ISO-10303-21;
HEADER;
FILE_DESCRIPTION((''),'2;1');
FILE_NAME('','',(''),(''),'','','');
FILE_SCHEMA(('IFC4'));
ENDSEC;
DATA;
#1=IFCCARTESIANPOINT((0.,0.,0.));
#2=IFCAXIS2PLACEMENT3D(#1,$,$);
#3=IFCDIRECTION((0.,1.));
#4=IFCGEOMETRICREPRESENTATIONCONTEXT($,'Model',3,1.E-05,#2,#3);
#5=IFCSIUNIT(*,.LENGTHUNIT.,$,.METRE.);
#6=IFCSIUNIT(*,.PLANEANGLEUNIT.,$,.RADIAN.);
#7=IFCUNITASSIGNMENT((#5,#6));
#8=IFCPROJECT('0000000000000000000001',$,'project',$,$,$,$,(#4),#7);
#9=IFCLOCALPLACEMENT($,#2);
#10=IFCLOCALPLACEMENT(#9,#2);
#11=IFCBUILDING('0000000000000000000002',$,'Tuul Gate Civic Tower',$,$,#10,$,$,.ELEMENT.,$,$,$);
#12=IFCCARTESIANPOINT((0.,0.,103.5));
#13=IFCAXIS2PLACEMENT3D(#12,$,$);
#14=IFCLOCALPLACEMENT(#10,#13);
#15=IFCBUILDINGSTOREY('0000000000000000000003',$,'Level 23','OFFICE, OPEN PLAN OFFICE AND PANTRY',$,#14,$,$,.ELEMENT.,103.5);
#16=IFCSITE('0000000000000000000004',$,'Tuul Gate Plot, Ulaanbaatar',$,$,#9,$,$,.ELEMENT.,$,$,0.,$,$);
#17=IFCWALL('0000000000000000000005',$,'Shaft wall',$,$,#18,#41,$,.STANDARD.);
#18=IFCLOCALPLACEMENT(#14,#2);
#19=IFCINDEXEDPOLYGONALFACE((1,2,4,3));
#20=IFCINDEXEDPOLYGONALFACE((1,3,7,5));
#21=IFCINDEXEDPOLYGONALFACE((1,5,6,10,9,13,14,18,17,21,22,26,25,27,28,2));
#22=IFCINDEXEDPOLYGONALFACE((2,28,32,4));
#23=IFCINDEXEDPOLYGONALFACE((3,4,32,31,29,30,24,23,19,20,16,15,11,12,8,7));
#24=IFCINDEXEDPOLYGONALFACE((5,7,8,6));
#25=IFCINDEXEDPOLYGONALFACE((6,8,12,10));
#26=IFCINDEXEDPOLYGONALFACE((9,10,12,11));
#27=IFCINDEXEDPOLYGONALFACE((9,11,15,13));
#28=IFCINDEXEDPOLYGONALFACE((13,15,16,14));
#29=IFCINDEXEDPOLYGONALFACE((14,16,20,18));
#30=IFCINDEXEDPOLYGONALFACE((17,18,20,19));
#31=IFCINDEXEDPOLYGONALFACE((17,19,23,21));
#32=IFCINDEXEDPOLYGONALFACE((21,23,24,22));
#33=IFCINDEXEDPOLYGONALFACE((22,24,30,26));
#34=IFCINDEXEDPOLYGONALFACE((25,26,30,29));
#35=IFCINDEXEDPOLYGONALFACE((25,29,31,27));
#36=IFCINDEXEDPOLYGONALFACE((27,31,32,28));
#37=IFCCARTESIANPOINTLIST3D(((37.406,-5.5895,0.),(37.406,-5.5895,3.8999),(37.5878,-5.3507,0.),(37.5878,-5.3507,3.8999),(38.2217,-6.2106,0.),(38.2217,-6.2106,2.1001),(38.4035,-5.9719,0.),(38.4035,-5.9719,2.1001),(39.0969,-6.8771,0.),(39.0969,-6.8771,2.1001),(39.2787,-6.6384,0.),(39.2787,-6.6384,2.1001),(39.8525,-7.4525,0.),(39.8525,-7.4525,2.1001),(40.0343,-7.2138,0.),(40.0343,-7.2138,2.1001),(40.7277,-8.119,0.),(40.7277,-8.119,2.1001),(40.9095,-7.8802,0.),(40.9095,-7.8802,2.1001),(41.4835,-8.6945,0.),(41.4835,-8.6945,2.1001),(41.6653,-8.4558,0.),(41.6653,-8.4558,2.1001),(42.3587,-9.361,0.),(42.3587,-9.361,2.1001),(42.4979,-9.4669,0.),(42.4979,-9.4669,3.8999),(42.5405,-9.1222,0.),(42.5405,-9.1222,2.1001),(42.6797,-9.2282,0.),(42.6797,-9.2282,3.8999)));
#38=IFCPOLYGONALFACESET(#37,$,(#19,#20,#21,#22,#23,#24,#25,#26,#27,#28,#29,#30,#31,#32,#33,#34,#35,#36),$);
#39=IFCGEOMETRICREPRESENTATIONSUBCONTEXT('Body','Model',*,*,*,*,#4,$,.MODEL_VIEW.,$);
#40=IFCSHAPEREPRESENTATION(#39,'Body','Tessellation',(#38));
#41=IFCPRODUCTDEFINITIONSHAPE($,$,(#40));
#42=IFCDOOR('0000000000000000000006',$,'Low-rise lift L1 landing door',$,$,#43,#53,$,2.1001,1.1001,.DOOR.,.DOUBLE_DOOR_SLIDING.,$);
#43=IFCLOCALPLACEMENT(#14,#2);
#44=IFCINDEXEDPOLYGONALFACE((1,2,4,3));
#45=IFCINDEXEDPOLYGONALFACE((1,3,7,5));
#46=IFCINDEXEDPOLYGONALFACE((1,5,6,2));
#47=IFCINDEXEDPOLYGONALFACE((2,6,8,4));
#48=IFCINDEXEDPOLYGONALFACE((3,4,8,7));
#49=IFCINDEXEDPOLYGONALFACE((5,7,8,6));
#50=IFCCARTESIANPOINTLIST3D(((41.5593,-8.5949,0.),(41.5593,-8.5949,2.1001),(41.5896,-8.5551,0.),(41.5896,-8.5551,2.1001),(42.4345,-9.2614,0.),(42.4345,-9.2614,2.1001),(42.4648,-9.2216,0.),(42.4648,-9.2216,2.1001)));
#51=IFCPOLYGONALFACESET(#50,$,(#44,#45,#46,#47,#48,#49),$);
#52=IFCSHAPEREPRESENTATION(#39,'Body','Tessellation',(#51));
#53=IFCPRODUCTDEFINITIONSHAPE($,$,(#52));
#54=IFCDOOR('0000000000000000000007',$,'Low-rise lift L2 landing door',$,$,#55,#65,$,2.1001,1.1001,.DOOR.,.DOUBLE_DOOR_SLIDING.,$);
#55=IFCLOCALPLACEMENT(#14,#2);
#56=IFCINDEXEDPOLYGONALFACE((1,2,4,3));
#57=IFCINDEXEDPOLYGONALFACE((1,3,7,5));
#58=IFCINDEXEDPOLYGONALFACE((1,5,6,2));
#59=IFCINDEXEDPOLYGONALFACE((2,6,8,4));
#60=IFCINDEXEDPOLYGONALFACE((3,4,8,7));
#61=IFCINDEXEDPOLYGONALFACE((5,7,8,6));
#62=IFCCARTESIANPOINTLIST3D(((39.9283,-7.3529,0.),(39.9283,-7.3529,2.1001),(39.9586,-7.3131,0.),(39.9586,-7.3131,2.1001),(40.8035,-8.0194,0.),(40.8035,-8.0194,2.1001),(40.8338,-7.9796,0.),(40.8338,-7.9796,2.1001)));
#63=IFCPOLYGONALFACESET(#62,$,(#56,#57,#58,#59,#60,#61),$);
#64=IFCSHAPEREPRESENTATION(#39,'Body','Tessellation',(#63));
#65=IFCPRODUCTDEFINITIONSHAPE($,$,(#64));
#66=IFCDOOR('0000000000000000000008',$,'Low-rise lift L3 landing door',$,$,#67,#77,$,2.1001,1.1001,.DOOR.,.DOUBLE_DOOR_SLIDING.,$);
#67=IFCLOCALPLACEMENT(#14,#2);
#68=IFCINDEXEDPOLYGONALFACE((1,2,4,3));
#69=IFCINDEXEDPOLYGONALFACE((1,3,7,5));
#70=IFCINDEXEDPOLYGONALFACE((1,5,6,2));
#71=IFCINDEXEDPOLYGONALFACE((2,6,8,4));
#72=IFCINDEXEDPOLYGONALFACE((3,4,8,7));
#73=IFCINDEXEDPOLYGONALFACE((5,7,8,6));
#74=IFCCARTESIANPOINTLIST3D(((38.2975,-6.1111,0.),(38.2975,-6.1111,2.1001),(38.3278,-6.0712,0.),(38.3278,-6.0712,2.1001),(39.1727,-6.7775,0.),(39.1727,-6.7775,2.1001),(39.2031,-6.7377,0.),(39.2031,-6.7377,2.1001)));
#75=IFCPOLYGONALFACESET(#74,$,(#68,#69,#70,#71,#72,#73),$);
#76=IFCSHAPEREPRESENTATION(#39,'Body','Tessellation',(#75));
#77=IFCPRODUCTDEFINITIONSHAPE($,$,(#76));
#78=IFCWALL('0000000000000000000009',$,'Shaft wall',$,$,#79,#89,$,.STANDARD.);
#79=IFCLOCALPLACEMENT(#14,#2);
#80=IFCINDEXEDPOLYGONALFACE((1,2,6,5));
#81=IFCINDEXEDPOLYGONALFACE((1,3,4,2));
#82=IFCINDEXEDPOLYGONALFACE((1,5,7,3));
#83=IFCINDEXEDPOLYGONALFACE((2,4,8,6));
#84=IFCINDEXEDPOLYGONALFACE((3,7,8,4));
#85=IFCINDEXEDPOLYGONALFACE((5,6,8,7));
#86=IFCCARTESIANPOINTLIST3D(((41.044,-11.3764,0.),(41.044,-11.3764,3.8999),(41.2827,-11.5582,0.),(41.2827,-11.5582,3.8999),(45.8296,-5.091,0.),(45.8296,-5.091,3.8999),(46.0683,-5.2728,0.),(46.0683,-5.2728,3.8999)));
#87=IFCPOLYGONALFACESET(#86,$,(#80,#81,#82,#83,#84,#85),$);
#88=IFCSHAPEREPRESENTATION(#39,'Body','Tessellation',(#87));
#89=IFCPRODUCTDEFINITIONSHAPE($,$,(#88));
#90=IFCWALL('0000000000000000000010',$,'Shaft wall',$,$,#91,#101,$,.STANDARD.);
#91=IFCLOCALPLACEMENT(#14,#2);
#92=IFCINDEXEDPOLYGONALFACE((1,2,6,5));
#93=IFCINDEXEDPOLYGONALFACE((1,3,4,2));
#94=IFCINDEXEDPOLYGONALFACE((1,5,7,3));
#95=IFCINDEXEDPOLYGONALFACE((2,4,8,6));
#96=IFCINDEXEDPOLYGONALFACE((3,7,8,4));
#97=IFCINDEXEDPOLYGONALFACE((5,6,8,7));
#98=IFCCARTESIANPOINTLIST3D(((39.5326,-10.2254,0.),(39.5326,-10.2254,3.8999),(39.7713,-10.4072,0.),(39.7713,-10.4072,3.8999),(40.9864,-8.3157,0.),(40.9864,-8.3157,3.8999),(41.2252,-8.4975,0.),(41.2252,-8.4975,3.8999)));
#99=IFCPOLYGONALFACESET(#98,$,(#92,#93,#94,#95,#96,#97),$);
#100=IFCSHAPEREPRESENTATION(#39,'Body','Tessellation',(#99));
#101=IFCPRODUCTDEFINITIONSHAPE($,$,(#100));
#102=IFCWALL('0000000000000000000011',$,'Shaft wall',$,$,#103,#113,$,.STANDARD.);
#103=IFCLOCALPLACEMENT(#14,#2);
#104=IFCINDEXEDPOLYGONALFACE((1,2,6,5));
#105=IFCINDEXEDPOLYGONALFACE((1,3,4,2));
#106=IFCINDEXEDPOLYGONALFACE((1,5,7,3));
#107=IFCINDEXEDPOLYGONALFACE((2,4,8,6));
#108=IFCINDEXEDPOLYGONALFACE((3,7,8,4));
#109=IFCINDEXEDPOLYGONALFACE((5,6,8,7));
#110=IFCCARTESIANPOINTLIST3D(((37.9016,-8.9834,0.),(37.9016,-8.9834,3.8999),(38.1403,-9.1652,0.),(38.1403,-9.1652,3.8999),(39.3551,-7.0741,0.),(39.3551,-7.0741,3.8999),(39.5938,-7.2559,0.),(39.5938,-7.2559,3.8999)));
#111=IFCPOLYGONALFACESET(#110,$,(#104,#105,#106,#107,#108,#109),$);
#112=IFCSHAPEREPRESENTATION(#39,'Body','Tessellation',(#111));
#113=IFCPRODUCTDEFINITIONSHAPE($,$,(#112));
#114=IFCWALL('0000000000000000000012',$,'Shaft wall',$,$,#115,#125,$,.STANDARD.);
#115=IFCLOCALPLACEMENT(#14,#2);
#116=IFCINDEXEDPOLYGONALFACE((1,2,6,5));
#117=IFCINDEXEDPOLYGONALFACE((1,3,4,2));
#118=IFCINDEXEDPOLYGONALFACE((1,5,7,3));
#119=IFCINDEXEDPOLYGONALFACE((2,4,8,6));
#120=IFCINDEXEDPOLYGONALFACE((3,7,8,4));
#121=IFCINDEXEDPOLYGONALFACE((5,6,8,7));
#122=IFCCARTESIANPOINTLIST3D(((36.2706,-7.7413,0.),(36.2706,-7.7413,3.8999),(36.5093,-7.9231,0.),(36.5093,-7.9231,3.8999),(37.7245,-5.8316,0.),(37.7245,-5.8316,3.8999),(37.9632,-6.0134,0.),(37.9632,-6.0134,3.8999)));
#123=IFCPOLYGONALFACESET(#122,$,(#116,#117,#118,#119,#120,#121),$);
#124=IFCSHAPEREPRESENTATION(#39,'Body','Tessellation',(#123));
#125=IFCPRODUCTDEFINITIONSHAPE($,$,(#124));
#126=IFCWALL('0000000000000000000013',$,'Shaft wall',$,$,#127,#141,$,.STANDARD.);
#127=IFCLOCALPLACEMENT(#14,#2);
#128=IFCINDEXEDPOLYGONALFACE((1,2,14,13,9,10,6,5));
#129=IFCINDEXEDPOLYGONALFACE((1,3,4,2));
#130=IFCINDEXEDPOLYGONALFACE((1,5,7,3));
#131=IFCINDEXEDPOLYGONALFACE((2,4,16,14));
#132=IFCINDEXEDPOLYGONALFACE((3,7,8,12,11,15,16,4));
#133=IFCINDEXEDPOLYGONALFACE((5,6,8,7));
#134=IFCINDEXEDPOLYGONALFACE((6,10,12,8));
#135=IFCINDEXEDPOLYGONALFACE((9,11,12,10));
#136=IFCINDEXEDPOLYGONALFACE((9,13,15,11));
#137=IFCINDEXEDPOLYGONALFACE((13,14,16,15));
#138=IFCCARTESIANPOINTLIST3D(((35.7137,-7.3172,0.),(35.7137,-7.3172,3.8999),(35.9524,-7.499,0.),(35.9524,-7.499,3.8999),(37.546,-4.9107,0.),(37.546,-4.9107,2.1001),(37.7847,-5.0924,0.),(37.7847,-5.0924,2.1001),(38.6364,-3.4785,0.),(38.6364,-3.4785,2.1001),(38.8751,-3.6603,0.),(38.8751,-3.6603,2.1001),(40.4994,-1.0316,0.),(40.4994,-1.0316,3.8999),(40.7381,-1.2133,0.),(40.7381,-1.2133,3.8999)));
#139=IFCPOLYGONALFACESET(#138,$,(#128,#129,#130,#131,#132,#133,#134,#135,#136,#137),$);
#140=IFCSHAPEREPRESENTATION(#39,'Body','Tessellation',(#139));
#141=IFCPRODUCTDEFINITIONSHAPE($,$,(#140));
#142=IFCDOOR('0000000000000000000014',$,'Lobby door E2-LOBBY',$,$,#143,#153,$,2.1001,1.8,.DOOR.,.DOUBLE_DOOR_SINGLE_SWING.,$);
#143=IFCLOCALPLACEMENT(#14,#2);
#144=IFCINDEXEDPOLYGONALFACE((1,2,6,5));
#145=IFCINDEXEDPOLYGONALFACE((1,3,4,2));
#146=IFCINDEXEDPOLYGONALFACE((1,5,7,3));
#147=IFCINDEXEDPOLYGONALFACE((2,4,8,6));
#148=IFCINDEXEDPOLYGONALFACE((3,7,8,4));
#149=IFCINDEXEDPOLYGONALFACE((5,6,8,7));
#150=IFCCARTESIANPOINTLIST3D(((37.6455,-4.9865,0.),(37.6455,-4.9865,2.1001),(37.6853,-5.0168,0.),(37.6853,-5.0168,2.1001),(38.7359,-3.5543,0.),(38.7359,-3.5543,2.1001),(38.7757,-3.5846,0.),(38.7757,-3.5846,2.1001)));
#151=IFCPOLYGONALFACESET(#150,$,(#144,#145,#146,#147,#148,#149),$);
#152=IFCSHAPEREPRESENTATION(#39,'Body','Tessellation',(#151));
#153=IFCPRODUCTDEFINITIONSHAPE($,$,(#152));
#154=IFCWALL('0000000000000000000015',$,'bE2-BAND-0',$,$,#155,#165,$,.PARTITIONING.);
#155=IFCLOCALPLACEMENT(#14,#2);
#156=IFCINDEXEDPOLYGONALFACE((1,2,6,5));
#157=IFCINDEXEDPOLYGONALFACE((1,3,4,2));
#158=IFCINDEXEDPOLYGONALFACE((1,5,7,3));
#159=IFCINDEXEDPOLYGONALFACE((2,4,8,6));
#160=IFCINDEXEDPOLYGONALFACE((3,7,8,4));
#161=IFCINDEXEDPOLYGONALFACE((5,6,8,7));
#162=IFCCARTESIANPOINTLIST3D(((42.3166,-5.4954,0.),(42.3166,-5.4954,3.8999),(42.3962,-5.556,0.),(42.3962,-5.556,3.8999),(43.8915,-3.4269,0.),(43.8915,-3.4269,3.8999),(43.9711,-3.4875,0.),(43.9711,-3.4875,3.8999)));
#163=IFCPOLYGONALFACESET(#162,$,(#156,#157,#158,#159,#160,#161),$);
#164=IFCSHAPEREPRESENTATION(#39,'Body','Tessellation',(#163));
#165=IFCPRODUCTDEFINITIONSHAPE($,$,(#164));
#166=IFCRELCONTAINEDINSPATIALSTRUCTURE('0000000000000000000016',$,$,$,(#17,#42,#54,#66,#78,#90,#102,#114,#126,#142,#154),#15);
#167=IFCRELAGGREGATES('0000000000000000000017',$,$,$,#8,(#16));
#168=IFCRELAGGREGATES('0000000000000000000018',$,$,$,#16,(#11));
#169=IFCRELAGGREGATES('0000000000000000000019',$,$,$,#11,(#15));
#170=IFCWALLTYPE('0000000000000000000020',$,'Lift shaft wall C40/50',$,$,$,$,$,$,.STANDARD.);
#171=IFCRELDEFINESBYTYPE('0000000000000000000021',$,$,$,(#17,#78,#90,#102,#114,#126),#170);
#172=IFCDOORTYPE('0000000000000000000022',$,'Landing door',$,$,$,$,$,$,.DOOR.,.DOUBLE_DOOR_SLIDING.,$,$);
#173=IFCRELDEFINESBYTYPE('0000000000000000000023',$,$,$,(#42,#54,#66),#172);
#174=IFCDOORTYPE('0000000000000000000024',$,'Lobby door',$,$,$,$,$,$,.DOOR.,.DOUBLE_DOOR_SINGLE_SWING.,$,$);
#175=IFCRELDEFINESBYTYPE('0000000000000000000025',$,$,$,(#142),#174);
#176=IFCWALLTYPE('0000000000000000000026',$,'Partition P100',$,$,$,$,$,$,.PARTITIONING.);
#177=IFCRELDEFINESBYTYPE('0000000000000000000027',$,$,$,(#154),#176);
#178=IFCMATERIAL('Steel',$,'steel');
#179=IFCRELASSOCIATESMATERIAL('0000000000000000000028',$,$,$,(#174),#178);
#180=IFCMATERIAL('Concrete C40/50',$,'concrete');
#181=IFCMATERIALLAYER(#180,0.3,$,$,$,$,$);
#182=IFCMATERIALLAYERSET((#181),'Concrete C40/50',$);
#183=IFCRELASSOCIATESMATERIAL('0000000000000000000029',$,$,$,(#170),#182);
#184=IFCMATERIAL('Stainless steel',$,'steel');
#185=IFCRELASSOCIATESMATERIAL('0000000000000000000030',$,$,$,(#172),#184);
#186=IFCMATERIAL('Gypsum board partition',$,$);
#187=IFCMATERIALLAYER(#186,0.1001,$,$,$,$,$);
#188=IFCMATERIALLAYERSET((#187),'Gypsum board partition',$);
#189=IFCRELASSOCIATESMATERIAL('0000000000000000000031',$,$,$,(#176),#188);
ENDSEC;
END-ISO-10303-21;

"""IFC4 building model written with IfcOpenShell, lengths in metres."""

from ifc_helpers import new_model, si_unit, direction, frame, frame_2d, origin, place, context, subcontext, project, spatial, rectangle, extrude, material, layer, layer_set, type_object, element, fill, save


model = new_model("IFC4")

# Units and contexts
model_context = context("Model", 3, precision=1e-05, world=origin(), true_north=direction((0.0, 1.0)))
body_context = subcontext(model_context, "Body", "Model", "MODEL_VIEW")
ifc_project = project(units=[si_unit("LENGTHUNIT", "METRE"), si_unit("PLANEANGLEUNIT", "RADIAN")], contexts=[model_context])

# Site, building, storey
site_placement = place(None, origin())
site = spatial("IfcSite", under=ifc_project, at=site_placement, Name="Tuul Gate Plot, Ulaanbaatar", CompositionType="ELEMENT", RefElevation=0.0)
building_placement = place(site_placement, origin())
building = spatial("IfcBuilding", under=site, at=building_placement, Name="Tuul Gate Civic Tower", CompositionType="ELEMENT")
storey_placement = place(building_placement, frame((0.0, 0.0, 103.5)))
storey = spatial("IfcBuildingStorey", under=building, at=storey_placement, Name="Level 23", Description="OFFICE, OPEN PLAN OFFICE AND PANTRY", CompositionType="ELEMENT", Elevation=103.5)

# Shared definitions
ifc_material_1 = material(Name="Steel", Category="steel")
door_type_1 = type_object("IfcDoorType", Name="Lobby door", OperationType="DOUBLE_DOOR_SINGLE_SWING", PredefinedType="DOOR", material=ifc_material_1)

# Shared definitions
ifc_material_2 = material(Name="Concrete C40/50", Category="concrete")
ifc_layer_1 = layer(ifc_material_2, 0.3)
ifc_layer_set_1 = layer_set([ifc_layer_1], Name="Concrete C40/50")
wall_type_1 = type_object("IfcWallType", Name="Lift shaft wall C40/50", PredefinedType="STANDARD", material=ifc_layer_set_1)

# Wall, openings, doors
wall_1_placement = place(storey_placement, frame((42.5889, -9.3477, 0.0), z_axis=(0.0, 0.0, 1.0), x_axis=(-0.795584, 0.605843, 0.0)))
wall_1 = element("IfcWall", 1, at=wall_1_placement, inside=storey, type_object=wall_type_1, Name="Shaft wall", PredefinedType="STANDARD", context=body_context, shape_type="SweptSolid", body=[
    extrude(rectangle(XDim=6.4001, YDim=0.3, at=frame_2d((3.2002, 0.0))), origin(), (0.0, 0.0, 1.0), 3.8999),
])
opening_1_placement = place(wall_1_placement, frame((0.175, 0.0, 0.0)))
opening_1 = element("IfcOpeningElement", 2, at=opening_1_placement, cuts=wall_1, PredefinedType="OPENING", context=body_context, shape_type="SweptSolid", body=[
    extrude(rectangle(XDim=1.1001, YDim=2.1001, at=frame_2d((0.55, 1.05))), frame((0.0, 0.1602, 0.0), z_axis=(0.0, -1.0, 0.0), x_axis=(1.0, 0.0, 0.0)), (0.0, 0.0, 1.0), 0.3201),
])
opening_2_placement = place(wall_1_placement, frame((2.2251, 0.0, 0.0)))
opening_2 = element("IfcOpeningElement", 3, at=opening_2_placement, cuts=wall_1, PredefinedType="OPENING", context=body_context, shape_type="SweptSolid", body=[
    extrude(rectangle(XDim=1.1001, YDim=2.1001, at=frame_2d((0.55, 1.05))), frame((0.0, 0.1602, 0.0), z_axis=(0.0, -1.0, 0.0), x_axis=(1.0, 0.0, 0.0)), (0.0, 0.0, 1.0), 0.3201),
])
opening_3_placement = place(wall_1_placement, frame((4.2749, 0.0, 0.0)))
opening_3 = element("IfcOpeningElement", 4, at=opening_3_placement, cuts=wall_1, PredefinedType="OPENING", context=body_context, shape_type="SweptSolid", body=[
    extrude(rectangle(XDim=1.1001, YDim=2.1001, at=frame_2d((0.55, 1.05))), frame((0.0, 0.1602, 0.0), z_axis=(0.0, -1.0, 0.0), x_axis=(1.0, 0.0, 0.0)), (0.0, 0.0, 1.0), 0.3201),
])
ifc_material_3 = material(Name="Stainless steel", Category="steel")
door_type_2 = type_object("IfcDoorType", Name="Landing door", OperationType="DOUBLE_DOOR_SLIDING", PredefinedType="DOOR", material=ifc_material_3)
door_1_placement = place(opening_1_placement, origin())
door_1 = element("IfcDoor", 5, at=door_1_placement, inside=storey, type_object=door_type_2, Name="Low-rise lift L1 landing door", OperationType="DOUBLE_DOOR_SLIDING", OverallHeight=2.1001, OverallWidth=1.1001, PredefinedType="DOOR", context=body_context, shape_type="SweptSolid", body=[
    extrude(rectangle(XDim=1.1001, YDim=2.1001, at=frame_2d((0.55, 1.05))), frame((0.0, 0.0249, 0.0), z_axis=(0.0, -1.0, 0.0), x_axis=(1.0, 0.0, 0.0)), (0.0, 0.0, 1.0), 0.05),
])
fill(opening_1, door_1)
door_2_placement = place(opening_2_placement, origin())
door_2 = element("IfcDoor", 6, at=door_2_placement, inside=storey, type_object=door_type_2, Name="Low-rise lift L2 landing door", OperationType="DOUBLE_DOOR_SLIDING", OverallHeight=2.1001, OverallWidth=1.1001, PredefinedType="DOOR", context=body_context, shape_type="SweptSolid", body=[
    extrude(rectangle(XDim=1.1001, YDim=2.1001, at=frame_2d((0.55, 1.05))), frame((0.0, 0.0249, 0.0), z_axis=(0.0, -1.0, 0.0), x_axis=(1.0, 0.0, 0.0)), (0.0, 0.0, 1.0), 0.05),
])
fill(opening_2, door_2)
door_3_placement = place(opening_3_placement, origin())
door_3 = element("IfcDoor", 7, at=door_3_placement, inside=storey, type_object=door_type_2, Name="Low-rise lift L3 landing door", OperationType="DOUBLE_DOOR_SLIDING", OverallHeight=2.1001, OverallWidth=1.1001, PredefinedType="DOOR", context=body_context, shape_type="SweptSolid", body=[
    extrude(rectangle(XDim=1.1001, YDim=2.1001, at=frame_2d((0.55, 1.05))), frame((0.0, 0.0249, 0.0), z_axis=(0.0, -1.0, 0.0), x_axis=(1.0, 0.0, 0.0)), (0.0, 0.0, 1.0), 0.05),
])
fill(opening_3, door_3)

# Walls
wall_2_placement = place(storey_placement, frame((41.1633, -11.4673, 0.0), z_axis=(0.0, 0.0, 1.0), x_axis=(0.605784, 0.795629, 0.0)))
element("IfcWall", 8, at=wall_2_placement, inside=storey, type_object=wall_type_1, Name="Shaft wall", PredefinedType="STANDARD", context=body_context, shape_type="SweptSolid", body=[
    extrude(rectangle(XDim=7.8999, YDim=0.3, at=frame_2d((3.95, 0.0))), origin(), (0.0, 0.0, 1.0), 3.8999),
])
wall_3_placement = place(storey_placement, frame((39.6519, -10.3164, 0.0), z_axis=(0.0, 0.0, 1.0), x_axis=(0.605746, 0.795658, 0.0)))
element("IfcWall", 9, at=wall_3_placement, inside=storey, type_object=wall_type_1, Name="Shaft wall", PredefinedType="STANDARD", context=body_context, shape_type="SweptSolid", body=[
    extrude(rectangle(XDim=2.4001, YDim=0.3, at=frame_2d((1.2002, 0.0))), origin(), (0.0, 0.0, 1.0), 3.8999),
])
wall_4_placement = place(storey_placement, frame((38.021, -9.0742, 0.0), z_axis=(0.0, 0.0, 1.0), x_axis=(0.605731, 0.79567, 0.0)))
element("IfcWall", 10, at=wall_4_placement, inside=storey, type_object=wall_type_1, Name="Shaft wall", PredefinedType="STANDARD", context=body_context, shape_type="SweptSolid", body=[
    extrude(rectangle(XDim=2.3997, YDim=0.3, at=frame_2d((1.1997, 0.0))), origin(), (0.0, 0.0, 1.0), 3.8999),
])
wall_5_placement = place(storey_placement, frame((36.3899, -7.8323, 0.0), z_axis=(0.0, 0.0, 1.0), x_axis=(0.605746, 0.795658, 0.0)))
element("IfcWall", 11, at=wall_5_placement, inside=storey, type_object=wall_type_1, Name="Shaft wall", PredefinedType="STANDARD", context=body_context, shape_type="SweptSolid", body=[
    extrude(rectangle(XDim=2.4001, YDim=0.3, at=frame_2d((1.2002, 0.0))), origin(), (0.0, 0.0, 1.0), 3.8999),
])

# Wall, opening, door
wall_6_placement = place(storey_placement, frame((35.833, -7.4082, 0.0), z_axis=(0.0, 0.0, 1.0), x_axis=(0.605769, 0.79564, 0.0)))
wall_6 = element("IfcWall", 12, at=wall_6_placement, inside=storey, type_object=wall_type_1, Name="Shaft wall", PredefinedType="STANDARD", context=body_context, shape_type="SweptSolid", body=[
    extrude(rectangle(XDim=7.9001, YDim=0.3, at=frame_2d((3.9502, 0.0))), origin(), (0.0, 0.0, 1.0), 3.8999),
])
opening_4_placement = place(wall_6_placement, frame((3.0249, 0.0, 0.0)))
opening_4 = element("IfcOpeningElement", 13, at=opening_4_placement, cuts=wall_6, PredefinedType="OPENING", context=body_context, shape_type="SweptSolid", body=[
    extrude(rectangle(XDim=1.8, YDim=2.1001, at=frame_2d((0.8999, 1.05))), frame((0.0, 0.1602, 0.0), z_axis=(0.0, -1.0, 0.0), x_axis=(1.0, 0.0, 0.0)), (0.0, 0.0, 1.0), 0.3201),
])
door_4_placement = place(opening_4_placement, origin())
door_4 = element("IfcDoor", 14, at=door_4_placement, inside=storey, type_object=door_type_1, Name="Lobby door E2-LOBBY", OperationType="DOUBLE_DOOR_SINGLE_SWING", OverallHeight=2.1001, OverallWidth=1.8, PredefinedType="DOOR", context=body_context, shape_type="SweptSolid", body=[
    extrude(rectangle(XDim=1.8, YDim=2.1001, at=frame_2d((0.8999, 1.05))), frame((0.0, 0.0249, 0.0), z_axis=(0.0, -1.0, 0.0), x_axis=(1.0, 0.0, 0.0)), (0.0, 0.0, 1.0), 0.05),
])
fill(opening_4, door_4)

# Wall
ifc_material_4 = material(Name="Gypsum board partition")
ifc_layer_2 = layer(ifc_material_4, 0.1001)
ifc_layer_set_2 = layer_set([ifc_layer_2], Name="Gypsum board partition")
wall_type_2 = type_object("IfcWallType", Name="Partition P100", PredefinedType="PARTITIONING", material=ifc_layer_set_2)
wall_7_placement = place(storey_placement, frame((42.3564, -5.5256, 0.0), z_axis=(0.0, 0.0, 1.0), x_axis=(0.605769, 0.795641, 0.0)))
element("IfcWall", 15, at=wall_7_placement, inside=storey, type_object=wall_type_2, Name="bE2-BAND-0", PredefinedType="PARTITIONING", context=body_context, shape_type="SweptSolid", body=[
    extrude(rectangle(XDim=2.5999, YDim=0.1001, at=frame_2d((1.2998, 0.0))), origin(), (0.0, 0.0, 1.0), 3.8999),
])

save(model, "model.ifc")
